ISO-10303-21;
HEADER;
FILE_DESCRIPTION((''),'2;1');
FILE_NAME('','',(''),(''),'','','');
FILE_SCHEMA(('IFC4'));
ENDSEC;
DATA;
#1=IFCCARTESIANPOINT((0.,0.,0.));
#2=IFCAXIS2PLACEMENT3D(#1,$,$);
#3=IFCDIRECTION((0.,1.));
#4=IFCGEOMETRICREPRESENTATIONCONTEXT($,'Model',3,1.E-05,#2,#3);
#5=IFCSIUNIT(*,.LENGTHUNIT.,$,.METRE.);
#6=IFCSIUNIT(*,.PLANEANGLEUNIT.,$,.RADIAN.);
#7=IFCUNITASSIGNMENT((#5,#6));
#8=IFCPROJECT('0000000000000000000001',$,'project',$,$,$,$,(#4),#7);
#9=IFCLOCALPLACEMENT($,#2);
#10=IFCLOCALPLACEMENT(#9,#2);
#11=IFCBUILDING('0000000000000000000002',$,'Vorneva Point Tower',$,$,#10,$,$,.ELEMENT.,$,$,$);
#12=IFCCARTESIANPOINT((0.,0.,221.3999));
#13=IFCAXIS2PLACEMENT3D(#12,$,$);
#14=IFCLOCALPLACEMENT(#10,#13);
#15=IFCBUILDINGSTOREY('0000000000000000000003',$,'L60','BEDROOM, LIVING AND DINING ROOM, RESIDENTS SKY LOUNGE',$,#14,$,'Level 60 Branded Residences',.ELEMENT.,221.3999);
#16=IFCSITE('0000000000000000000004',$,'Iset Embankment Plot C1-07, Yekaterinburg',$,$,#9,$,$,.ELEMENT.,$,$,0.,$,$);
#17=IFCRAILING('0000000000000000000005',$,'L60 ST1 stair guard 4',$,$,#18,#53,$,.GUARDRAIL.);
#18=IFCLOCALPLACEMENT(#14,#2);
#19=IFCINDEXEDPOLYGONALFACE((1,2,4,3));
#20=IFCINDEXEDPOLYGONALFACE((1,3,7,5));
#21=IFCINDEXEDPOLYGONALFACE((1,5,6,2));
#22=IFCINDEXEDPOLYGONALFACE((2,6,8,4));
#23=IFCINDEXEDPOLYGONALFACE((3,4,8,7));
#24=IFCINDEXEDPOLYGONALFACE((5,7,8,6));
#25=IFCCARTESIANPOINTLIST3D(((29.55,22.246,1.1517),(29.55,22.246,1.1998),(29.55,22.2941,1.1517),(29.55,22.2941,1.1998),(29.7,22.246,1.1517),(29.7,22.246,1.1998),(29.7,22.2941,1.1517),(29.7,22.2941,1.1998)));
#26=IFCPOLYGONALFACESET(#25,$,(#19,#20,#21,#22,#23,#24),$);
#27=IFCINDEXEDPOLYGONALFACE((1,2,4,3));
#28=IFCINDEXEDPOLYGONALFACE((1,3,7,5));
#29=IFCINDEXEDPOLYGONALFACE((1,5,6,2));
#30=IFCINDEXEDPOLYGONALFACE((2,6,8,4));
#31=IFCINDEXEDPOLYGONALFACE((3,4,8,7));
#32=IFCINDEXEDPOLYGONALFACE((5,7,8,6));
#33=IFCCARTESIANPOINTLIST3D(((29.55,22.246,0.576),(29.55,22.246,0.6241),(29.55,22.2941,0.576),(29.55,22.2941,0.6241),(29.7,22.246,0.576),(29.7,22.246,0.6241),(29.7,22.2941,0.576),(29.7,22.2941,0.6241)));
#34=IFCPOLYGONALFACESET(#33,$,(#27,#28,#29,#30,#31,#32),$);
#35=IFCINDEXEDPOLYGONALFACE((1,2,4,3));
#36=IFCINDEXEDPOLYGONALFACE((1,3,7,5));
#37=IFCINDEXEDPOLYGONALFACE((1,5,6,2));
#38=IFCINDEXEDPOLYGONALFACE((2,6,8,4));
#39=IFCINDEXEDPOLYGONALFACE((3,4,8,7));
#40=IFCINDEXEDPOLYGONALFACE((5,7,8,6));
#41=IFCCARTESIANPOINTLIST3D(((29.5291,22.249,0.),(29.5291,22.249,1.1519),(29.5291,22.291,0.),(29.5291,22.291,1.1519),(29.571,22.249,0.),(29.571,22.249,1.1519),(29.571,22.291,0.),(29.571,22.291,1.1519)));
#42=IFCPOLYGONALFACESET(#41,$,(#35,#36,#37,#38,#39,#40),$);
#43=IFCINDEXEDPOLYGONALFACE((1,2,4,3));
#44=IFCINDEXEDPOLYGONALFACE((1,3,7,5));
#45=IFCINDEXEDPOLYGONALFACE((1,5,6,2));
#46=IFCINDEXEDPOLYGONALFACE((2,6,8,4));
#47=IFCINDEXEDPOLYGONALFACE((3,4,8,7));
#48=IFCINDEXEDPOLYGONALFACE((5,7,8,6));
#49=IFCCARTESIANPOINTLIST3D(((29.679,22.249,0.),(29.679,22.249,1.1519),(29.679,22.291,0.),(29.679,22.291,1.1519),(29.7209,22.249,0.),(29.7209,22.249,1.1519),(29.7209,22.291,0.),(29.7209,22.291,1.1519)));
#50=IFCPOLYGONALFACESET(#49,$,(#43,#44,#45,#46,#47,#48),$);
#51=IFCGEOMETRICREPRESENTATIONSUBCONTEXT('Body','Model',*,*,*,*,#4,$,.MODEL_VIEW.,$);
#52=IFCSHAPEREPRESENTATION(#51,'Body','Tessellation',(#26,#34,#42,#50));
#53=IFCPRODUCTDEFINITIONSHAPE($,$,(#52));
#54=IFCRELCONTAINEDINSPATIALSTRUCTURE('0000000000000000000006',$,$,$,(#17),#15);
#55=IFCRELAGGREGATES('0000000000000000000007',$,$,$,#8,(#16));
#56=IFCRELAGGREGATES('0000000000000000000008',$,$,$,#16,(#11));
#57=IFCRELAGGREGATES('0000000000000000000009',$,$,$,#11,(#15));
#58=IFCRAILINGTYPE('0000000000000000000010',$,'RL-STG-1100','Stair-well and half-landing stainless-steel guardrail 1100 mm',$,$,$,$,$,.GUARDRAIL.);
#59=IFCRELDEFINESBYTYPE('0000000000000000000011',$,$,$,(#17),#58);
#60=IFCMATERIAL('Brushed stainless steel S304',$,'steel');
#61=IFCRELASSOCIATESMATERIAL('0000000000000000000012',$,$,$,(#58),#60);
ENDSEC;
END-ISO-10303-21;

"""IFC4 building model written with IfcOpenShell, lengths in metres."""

from ifc_helpers import new_model, si_unit, direction, frame, origin, origin_2d, place, context, subcontext, project, spatial, rectangle, extrude, material, type_object, element, save


model = new_model("IFC4")

# Units and contexts
model_context = context("Model", 3, precision=1e-05, world=origin(), true_north=direction((0.0, 1.0)))
body_context = subcontext(model_context, "Body", "Model", "MODEL_VIEW")
ifc_project = project(units=[si_unit("LENGTHUNIT", "METRE"), si_unit("PLANEANGLEUNIT", "RADIAN")], contexts=[model_context])

# Site, building, storey
site_placement = place(None, origin())
site = spatial("IfcSite", under=ifc_project, at=site_placement, Name="Iset Embankment Plot C1-07, Yekaterinburg", CompositionType="ELEMENT", RefElevation=0.0)
building_placement = place(site_placement, origin())
building = spatial("IfcBuilding", under=site, at=building_placement, Name="Vorneva Point Tower", CompositionType="ELEMENT")
storey_placement = place(building_placement, frame((0.0, 0.0, 221.3999)))
storey = spatial("IfcBuildingStorey", under=building, at=storey_placement, Name="L60", Description="BEDROOM, LIVING AND DINING ROOM, RESIDENTS SKY LOUNGE", LongName="Level 60 Branded Residences", CompositionType="ELEMENT", Elevation=221.3999)

# Shared definitions
ifc_material_1 = material(Name="Brushed stainless steel S304", Category="steel")

# Railing
railing_type_1 = type_object("IfcRailingType", Name="RL-STG-1100", Description="Stair-well and half-landing stainless-steel guardrail 1100 mm", PredefinedType="GUARDRAIL", material=ifc_material_1)
railing_1_placement = place(storey_placement, frame((29.55, 22.27, 0.0)))
element("IfcRailing", 1, at=railing_1_placement, inside=storey, type_object=railing_type_1, Name="L60 ST1 stair guard 4", PredefinedType="GUARDRAIL", context=body_context, shape_type="SweptSolid", body=[
    extrude(rectangle(XDim=0.0481, YDim=0.0481, at=origin_2d()), frame((0.0, 0.0, 1.1758), z_axis=(1.0, 0.0, 0.0), x_axis=(0.0, 1.0, 0.0)), (0.0, 0.0, 1.0), 0.1499),
    extrude(rectangle(XDim=0.0481, YDim=0.0481, at=origin_2d()), frame((0.0, 0.0, 0.6001), z_axis=(1.0, 0.0, 0.0), x_axis=(0.0, 1.0, 0.0)), (0.0, 0.0, 1.0), 0.1499),
    extrude(rectangle(XDim=0.042, YDim=0.042, at=origin_2d()), origin(), (0.0, 0.0, 1.0), 1.1519),
    extrude(rectangle(XDim=0.042, YDim=0.042, at=origin_2d()), frame((0.1499, 0.0, 0.0)), (0.0, 0.0, 1.0), 1.1519),
])

save(model, "model.ifc")
